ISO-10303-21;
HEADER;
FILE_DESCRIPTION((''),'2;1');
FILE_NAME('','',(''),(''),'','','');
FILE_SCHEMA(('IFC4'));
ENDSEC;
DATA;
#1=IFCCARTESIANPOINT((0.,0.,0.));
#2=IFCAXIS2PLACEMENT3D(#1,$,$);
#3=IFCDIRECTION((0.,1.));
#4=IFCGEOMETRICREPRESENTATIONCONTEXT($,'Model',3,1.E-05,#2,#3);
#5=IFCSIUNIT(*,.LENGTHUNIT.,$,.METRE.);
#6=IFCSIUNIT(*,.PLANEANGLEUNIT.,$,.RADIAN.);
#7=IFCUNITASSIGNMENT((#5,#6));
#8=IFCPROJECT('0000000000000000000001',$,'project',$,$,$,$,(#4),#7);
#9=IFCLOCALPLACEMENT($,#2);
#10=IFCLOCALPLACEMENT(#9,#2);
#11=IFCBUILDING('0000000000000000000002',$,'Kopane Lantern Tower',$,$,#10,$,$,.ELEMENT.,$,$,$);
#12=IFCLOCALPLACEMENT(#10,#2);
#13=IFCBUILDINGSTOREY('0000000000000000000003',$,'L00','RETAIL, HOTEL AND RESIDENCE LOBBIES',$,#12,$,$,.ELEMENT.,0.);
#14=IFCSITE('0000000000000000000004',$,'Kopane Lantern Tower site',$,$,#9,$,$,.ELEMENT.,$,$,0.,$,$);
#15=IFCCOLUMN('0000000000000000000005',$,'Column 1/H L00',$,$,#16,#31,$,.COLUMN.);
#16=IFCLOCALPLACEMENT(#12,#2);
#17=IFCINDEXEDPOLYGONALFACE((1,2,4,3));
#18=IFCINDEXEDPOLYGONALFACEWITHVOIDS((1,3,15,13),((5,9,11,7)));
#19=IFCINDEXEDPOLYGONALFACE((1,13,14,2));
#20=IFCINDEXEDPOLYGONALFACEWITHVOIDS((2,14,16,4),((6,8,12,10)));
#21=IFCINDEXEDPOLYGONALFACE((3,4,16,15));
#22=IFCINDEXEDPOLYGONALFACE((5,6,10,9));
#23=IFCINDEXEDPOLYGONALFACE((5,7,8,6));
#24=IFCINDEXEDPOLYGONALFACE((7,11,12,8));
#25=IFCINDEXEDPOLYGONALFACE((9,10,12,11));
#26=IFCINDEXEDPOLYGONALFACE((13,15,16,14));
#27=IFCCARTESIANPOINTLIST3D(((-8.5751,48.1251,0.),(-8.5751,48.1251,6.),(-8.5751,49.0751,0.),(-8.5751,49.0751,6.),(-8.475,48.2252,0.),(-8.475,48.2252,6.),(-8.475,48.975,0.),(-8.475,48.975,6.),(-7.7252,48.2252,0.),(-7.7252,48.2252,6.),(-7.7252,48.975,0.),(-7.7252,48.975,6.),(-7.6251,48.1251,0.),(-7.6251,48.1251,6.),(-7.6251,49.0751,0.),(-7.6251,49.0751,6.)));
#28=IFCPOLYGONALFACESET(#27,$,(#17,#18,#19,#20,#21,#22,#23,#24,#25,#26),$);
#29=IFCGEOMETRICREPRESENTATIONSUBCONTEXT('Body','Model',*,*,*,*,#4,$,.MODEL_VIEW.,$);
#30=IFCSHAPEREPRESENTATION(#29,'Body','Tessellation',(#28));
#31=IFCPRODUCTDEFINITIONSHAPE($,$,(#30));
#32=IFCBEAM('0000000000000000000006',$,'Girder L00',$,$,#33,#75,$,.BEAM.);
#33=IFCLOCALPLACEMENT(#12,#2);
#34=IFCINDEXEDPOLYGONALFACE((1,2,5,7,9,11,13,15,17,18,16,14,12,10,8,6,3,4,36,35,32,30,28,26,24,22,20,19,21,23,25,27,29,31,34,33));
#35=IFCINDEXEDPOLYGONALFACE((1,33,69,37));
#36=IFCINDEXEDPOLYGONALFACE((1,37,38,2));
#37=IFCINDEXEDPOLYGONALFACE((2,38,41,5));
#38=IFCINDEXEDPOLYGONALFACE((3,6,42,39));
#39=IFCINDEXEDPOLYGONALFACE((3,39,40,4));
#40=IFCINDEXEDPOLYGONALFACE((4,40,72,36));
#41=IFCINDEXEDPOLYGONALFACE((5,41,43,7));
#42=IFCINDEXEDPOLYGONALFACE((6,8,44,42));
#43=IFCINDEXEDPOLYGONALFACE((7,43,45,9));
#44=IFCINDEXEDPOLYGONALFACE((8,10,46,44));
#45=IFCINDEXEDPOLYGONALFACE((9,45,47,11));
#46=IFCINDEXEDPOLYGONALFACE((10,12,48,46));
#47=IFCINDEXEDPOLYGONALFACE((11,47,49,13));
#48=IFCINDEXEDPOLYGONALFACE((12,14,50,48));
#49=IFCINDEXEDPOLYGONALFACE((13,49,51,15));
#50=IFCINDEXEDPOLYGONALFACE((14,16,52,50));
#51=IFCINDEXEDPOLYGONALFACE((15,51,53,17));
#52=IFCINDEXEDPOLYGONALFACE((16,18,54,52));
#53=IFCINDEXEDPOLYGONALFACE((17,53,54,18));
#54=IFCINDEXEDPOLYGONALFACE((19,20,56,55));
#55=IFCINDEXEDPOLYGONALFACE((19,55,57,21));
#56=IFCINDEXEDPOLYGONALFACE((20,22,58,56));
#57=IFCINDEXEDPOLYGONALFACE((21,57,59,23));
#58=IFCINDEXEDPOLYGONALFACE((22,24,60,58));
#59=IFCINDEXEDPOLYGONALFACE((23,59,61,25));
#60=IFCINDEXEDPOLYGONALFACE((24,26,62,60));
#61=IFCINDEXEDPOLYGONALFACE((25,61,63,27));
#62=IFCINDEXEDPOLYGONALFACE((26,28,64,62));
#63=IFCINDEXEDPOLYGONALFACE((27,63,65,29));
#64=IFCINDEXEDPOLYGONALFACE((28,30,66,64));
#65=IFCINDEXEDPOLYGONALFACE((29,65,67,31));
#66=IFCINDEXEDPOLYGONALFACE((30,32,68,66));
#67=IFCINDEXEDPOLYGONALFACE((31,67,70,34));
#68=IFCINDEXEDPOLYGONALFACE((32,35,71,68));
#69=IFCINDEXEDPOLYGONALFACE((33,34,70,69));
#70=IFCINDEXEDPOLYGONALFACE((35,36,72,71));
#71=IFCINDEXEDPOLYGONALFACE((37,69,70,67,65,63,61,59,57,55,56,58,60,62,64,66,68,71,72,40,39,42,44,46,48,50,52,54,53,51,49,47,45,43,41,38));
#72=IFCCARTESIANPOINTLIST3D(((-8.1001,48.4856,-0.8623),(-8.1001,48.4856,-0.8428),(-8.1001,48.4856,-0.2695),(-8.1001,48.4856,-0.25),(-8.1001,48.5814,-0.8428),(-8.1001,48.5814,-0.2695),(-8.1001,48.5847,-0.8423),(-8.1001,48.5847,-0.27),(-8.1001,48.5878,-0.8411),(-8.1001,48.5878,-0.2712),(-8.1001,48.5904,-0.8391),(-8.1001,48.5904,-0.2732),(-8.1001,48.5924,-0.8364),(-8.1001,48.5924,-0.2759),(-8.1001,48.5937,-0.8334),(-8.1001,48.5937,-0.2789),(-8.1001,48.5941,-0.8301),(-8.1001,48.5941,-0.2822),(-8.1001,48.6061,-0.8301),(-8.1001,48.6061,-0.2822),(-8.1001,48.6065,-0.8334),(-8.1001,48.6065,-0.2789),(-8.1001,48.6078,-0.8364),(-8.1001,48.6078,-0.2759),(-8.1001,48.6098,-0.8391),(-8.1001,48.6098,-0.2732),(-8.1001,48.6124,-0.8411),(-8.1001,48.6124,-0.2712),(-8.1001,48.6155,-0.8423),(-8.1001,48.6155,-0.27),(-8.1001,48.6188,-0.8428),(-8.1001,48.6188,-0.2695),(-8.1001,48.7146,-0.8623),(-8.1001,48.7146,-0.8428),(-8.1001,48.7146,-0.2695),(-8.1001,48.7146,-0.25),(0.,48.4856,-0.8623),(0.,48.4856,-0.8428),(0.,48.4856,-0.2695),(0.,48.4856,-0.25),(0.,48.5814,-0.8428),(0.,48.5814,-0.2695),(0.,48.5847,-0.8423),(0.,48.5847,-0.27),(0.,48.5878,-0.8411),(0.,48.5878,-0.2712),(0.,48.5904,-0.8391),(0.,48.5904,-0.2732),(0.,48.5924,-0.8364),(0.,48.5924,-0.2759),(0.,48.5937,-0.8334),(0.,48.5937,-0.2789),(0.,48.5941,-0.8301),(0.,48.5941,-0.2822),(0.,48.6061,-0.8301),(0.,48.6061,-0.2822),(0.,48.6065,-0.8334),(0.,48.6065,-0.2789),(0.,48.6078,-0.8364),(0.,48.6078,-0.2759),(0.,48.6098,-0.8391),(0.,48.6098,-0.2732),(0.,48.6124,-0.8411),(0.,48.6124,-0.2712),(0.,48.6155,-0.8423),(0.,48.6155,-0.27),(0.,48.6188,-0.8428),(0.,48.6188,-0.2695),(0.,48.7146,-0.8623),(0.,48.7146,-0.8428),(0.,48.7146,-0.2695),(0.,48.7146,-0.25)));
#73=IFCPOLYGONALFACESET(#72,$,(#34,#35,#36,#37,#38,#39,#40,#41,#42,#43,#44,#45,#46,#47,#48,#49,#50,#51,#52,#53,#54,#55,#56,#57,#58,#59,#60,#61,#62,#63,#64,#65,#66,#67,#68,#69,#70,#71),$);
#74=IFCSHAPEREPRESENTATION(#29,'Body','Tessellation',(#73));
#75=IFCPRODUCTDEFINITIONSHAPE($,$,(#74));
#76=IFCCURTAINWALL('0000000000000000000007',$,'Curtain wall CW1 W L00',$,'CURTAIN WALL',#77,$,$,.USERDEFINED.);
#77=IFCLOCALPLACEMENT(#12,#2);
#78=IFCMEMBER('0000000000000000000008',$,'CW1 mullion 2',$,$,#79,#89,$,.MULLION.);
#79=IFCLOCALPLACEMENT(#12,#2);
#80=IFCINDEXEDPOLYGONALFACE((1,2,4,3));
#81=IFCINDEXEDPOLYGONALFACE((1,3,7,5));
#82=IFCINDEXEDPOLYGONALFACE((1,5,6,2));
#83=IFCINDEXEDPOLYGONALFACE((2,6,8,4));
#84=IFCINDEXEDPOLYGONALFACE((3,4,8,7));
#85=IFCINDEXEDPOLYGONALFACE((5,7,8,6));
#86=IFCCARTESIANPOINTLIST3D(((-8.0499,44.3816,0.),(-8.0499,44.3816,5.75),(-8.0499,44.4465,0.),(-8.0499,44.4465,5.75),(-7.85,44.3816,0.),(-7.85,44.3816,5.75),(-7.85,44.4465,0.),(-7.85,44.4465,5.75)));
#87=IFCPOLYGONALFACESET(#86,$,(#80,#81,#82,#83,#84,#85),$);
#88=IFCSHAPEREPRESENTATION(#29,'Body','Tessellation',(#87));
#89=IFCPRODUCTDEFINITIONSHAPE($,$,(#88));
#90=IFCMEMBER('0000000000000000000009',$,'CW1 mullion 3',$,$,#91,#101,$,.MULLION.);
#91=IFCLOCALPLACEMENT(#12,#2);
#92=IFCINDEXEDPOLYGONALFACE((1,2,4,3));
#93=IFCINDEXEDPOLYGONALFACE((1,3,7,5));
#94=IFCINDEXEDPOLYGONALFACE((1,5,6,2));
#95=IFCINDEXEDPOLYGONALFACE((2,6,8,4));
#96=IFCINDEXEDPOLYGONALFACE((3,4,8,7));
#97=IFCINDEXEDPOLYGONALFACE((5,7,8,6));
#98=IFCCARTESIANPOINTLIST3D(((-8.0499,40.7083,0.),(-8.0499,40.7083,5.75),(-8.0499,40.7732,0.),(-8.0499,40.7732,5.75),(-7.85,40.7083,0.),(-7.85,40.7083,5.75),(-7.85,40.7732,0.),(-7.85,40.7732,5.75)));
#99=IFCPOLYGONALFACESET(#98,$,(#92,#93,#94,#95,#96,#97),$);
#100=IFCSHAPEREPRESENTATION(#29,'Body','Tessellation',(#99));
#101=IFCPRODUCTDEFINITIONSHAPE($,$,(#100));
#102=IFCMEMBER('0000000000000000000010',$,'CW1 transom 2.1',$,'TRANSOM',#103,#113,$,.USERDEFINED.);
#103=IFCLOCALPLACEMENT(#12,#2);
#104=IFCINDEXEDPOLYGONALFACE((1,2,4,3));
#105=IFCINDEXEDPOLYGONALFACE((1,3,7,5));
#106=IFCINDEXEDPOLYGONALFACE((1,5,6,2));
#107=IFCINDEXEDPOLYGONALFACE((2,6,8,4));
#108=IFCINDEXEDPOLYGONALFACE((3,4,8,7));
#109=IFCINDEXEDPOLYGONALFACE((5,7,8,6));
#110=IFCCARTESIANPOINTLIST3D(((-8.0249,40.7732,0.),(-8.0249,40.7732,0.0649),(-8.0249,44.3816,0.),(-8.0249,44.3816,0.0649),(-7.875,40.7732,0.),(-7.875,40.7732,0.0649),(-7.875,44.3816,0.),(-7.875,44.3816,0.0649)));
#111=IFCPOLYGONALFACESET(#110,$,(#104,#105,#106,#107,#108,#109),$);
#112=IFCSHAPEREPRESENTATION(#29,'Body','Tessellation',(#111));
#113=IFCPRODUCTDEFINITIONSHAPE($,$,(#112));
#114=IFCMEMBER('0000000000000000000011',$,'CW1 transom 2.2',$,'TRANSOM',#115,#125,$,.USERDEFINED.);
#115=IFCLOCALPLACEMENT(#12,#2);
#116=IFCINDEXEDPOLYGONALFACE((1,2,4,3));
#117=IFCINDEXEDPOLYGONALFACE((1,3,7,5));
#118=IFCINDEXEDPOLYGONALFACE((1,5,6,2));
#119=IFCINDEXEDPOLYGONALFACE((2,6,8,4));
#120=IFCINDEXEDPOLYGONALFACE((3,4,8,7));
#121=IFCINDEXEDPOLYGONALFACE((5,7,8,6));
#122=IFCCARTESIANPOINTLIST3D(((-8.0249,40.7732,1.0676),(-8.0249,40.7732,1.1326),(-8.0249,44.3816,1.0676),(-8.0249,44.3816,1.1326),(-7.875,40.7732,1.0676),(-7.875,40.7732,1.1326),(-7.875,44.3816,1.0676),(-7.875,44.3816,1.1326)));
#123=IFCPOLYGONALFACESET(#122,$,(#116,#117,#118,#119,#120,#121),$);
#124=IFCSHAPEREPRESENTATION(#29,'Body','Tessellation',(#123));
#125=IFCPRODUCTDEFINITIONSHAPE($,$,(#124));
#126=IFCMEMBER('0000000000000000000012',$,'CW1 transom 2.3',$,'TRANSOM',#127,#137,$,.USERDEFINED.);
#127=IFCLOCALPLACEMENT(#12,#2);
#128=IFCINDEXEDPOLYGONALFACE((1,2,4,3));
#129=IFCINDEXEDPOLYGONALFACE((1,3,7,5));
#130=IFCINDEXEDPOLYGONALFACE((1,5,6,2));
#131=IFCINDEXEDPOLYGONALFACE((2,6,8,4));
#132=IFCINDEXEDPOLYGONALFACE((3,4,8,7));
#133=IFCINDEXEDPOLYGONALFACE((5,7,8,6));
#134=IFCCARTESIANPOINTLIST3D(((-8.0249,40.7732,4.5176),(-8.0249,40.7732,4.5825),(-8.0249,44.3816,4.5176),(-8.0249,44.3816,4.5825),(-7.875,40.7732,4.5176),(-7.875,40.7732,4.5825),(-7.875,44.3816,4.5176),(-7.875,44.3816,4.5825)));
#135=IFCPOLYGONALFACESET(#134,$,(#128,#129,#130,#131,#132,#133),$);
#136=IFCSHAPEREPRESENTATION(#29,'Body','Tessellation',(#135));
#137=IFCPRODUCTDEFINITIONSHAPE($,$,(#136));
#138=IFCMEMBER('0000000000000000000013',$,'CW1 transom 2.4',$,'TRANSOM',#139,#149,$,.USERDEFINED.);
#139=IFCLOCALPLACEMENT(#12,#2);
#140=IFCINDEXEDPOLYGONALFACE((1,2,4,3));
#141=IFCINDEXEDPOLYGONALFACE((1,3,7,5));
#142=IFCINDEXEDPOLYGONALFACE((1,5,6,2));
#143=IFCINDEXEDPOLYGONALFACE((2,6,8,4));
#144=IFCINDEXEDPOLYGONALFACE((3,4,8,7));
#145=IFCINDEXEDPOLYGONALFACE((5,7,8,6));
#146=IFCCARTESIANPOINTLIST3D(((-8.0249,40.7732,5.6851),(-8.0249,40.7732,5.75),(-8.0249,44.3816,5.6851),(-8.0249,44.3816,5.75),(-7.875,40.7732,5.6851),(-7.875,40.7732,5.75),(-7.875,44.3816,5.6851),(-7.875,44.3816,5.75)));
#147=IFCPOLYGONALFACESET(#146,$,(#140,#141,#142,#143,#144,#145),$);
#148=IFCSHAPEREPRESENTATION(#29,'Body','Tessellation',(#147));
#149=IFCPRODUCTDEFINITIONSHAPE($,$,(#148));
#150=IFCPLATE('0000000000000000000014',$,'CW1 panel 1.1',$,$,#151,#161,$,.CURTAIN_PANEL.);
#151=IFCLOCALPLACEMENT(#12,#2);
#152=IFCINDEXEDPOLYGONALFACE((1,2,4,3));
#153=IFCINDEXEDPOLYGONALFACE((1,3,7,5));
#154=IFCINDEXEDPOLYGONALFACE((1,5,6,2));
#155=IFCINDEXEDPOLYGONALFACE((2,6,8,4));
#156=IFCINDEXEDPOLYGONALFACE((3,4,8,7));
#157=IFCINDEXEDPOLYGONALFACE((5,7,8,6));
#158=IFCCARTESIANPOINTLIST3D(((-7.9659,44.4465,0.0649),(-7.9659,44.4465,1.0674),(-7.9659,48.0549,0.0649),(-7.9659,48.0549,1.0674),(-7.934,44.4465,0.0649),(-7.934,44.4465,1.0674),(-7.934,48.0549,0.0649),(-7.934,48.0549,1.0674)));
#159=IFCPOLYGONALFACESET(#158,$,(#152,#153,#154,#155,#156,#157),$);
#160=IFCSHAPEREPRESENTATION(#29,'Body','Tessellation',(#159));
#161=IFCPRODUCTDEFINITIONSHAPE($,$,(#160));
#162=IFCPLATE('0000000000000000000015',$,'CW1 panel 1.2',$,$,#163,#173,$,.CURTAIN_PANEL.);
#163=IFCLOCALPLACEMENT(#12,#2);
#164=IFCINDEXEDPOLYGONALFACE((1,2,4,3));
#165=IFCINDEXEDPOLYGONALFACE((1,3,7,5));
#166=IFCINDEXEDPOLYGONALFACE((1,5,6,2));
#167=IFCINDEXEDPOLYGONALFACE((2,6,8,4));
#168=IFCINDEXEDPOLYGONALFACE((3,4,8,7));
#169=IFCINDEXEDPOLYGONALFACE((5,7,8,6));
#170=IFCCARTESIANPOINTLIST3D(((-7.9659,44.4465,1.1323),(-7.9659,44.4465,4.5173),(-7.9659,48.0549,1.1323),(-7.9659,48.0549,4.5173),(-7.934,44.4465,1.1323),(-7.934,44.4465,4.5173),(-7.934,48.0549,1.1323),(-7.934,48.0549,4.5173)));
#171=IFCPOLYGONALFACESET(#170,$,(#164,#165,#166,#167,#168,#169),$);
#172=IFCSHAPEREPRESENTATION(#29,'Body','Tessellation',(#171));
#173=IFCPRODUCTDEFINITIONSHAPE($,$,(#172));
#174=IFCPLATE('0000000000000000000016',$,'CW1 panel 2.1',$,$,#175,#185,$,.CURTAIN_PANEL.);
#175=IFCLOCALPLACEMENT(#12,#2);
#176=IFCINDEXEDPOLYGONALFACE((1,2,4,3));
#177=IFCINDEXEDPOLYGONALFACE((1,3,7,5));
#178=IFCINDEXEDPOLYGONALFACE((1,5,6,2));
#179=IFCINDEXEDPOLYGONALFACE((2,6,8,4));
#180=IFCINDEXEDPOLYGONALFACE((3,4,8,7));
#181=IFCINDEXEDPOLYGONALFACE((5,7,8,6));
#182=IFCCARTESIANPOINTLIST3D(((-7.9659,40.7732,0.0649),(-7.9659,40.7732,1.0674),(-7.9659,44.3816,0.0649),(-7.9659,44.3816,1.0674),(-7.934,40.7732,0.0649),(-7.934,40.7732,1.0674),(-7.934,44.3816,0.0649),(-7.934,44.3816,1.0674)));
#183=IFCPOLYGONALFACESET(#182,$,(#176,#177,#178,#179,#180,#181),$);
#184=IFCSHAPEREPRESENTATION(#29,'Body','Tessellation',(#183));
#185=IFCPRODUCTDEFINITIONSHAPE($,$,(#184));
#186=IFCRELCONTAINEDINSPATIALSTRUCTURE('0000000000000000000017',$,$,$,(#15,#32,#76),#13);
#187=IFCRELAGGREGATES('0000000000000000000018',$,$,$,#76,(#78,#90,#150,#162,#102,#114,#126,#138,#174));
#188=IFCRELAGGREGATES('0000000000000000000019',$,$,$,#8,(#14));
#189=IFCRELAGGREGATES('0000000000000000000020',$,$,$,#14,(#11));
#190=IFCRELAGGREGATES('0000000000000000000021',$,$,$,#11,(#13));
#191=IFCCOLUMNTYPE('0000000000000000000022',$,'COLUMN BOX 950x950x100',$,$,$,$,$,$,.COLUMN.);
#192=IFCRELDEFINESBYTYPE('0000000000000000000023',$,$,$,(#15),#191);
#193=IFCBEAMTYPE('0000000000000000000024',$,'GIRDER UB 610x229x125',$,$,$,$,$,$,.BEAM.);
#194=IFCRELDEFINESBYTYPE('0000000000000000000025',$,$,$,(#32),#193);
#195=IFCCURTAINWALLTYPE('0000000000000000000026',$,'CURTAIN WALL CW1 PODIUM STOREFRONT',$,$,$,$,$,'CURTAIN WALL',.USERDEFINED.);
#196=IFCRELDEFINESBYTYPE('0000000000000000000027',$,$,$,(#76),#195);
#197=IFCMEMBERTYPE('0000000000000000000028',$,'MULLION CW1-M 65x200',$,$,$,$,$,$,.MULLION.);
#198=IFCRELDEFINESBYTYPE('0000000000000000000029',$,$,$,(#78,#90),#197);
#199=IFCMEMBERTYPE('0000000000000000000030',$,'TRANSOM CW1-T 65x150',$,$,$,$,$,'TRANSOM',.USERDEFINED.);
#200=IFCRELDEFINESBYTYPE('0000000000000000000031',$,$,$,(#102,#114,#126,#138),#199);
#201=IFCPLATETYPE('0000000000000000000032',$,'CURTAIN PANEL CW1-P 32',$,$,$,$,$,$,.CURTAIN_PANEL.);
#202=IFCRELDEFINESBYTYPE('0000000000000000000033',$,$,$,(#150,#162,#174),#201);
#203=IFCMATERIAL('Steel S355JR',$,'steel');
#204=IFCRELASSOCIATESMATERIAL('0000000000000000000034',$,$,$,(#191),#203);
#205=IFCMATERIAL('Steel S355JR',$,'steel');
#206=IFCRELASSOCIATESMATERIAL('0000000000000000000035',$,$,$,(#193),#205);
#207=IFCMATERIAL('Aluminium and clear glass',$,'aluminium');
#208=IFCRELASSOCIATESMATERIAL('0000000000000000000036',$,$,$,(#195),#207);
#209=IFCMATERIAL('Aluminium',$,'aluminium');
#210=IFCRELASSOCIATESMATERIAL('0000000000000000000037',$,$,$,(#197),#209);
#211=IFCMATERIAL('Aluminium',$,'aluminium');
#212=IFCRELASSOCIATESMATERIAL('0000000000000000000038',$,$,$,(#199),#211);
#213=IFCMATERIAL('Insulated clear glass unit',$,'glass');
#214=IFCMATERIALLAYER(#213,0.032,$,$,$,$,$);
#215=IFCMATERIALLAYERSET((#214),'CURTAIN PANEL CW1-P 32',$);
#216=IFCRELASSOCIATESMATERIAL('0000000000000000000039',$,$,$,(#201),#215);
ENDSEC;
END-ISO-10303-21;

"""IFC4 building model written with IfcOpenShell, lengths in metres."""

from ifc_helpers import new_model, si_unit, direction, frame, origin, origin_2d, place, context, subcontext, project, spatial, rectangle, hollow_rectangle, i_section, extrude, material, layer, layer_set, material_profile, profile_set, type_object, element, aggregate, save


model = new_model("IFC4")

# Units and contexts
model_context = context("Model", 3, precision=1e-05, world=origin(), true_north=direction((0.0, 1.0)))
body_context = subcontext(model_context, "Body", "Model", "MODEL_VIEW")
ifc_project = project(units=[si_unit("LENGTHUNIT", "METRE"), si_unit("PLANEANGLEUNIT", "RADIAN")], contexts=[model_context])

# Site, building, storey
site_placement = place(None, origin())
site = spatial("IfcSite", under=ifc_project, at=site_placement, Name="Kopane Lantern Tower site", CompositionType="ELEMENT", RefElevation=0.0)
building_placement = place(site_placement, origin())
building = spatial("IfcBuilding", under=site, at=building_placement, Name="Kopane Lantern Tower", CompositionType="ELEMENT")
storey_placement = place(building_placement, origin())
storey = spatial("IfcBuildingStorey", under=building, at=storey_placement, Name="L00", Description="RETAIL, HOTEL AND RESIDENCE LOBBIES", CompositionType="ELEMENT", Elevation=0.0)

# Column
ifc_material_1 = material(Name="Steel S355JR", Category="steel")
ifc_material_profile_1 = material_profile(ifc_material_1, hollow_rectangle(XDim=0.95, YDim=0.95, WallThickness=0.1001, at=origin_2d()), Name="BOX 950x950x100")
ifc_profile_set_1 = profile_set([ifc_material_profile_1], Name="Steel S355JR")
column_type = type_object("IfcColumnType", Name="COLUMN BOX 950x950x100", PredefinedType="COLUMN", material=ifc_profile_set_1)
column_placement = place(storey_placement, frame((-8.1001, 48.6001, 0.0), z_axis=(0.0, 0.0, 1.0), x_axis=(1.0, 0.0, 0.0)))
element("IfcColumn", 1, at=column_placement, inside=storey, type_object=column_type, Name="Column 1/H L00", PredefinedType="COLUMN", context=body_context, shape_type="SweptSolid", body=[
    extrude(hollow_rectangle(XDim=0.95, YDim=0.95, WallThickness=0.1001, at=origin_2d()), origin(), (0.0, 0.0, 1.0), 6.0),
])

# Beam
ifc_material_2 = material(Name="Steel S355JR", Category="steel")
ifc_material_profile_2 = material_profile(ifc_material_2, i_section(OverallWidth=0.229, OverallDepth=0.6123, WebThickness=0.012, FlangeThickness=0.0195, FilletRadius=0.0127, at=origin_2d()), Name="UB 610x229x125")
ifc_profile_set_2 = profile_set([ifc_material_profile_2], Name="Steel S355JR")
beam_type = type_object("IfcBeamType", Name="GIRDER UB 610x229x125", PredefinedType="BEAM", material=ifc_profile_set_2)
beam_placement = place(storey_placement, frame((-8.1001, 48.6001, -0.5562), z_axis=(1.0, 0.0, 0.0), x_axis=(0.0, 1.0, 0.0)))
element("IfcBeam", 2, at=beam_placement, inside=storey, type_object=beam_type, Name="Girder L00", PredefinedType="BEAM", context=body_context, shape_type="SweptSolid", body=[
    extrude(i_section(OverallWidth=0.229, OverallDepth=0.6123, WebThickness=0.012, FlangeThickness=0.0195, FilletRadius=0.0127, at=origin_2d()), origin(), (0.0, 0.0, 1.0), 8.1001),
])

# Curtain wall, members, plates
ifc_material_3 = material(Name="Aluminium and clear glass", Category="aluminium")
curtain_wall_type = type_object("IfcCurtainWallType", Name="CURTAIN WALL CW1 PODIUM STOREFRONT", ElementType="CURTAIN WALL", PredefinedType="USERDEFINED", material=ifc_material_3)
curtain_wall_placement = place(storey_placement, origin())
curtain_wall = element("IfcCurtainWall", 3, at=curtain_wall_placement, inside=storey, type_object=curtain_wall_type, Name="Curtain wall CW1 W L00", ObjectType="CURTAIN WALL", PredefinedType="USERDEFINED")
ifc_material_4 = material(Name="Aluminium", Category="aluminium")
ifc_material_profile_3 = material_profile(ifc_material_4, rectangle(XDim=0.0649, YDim=0.2, at=origin_2d()), Name="AL 65x200")
ifc_profile_set_3 = profile_set([ifc_material_profile_3], Name="Aluminium")
member_type_1 = type_object("IfcMemberType", Name="MULLION CW1-M 65x200", PredefinedType="MULLION", material=ifc_profile_set_3)
member_1_placement = place(storey_placement, frame((-7.95, 44.4141, 0.0), z_axis=(0.0, 0.0, 1.0), x_axis=(0.0, -1.0, 0.0)))
member_1 = element("IfcMember", 4, at=member_1_placement, type_object=member_type_1, Name="CW1 mullion 2", PredefinedType="MULLION", context=body_context, shape_type="SweptSolid", body=[
    extrude(rectangle(XDim=0.0649, YDim=0.2, at=origin_2d()), origin(), (0.0, 0.0, 1.0), 5.75),
])
member_2_placement = place(storey_placement, frame((-7.95, 40.7407, 0.0), z_axis=(0.0, 0.0, 1.0), x_axis=(0.0, -1.0, 0.0)))
member_2 = element("IfcMember", 5, at=member_2_placement, type_object=member_type_1, Name="CW1 mullion 3", PredefinedType="MULLION", context=body_context, shape_type="SweptSolid", body=[
    extrude(rectangle(XDim=0.0649, YDim=0.2, at=origin_2d()), origin(), (0.0, 0.0, 1.0), 5.75),
])
ifc_material_5 = material(Name="Aluminium", Category="aluminium")
ifc_material_profile_4 = material_profile(ifc_material_5, rectangle(XDim=0.1499, YDim=0.0649, at=origin_2d()), Name="AL 150x65")
ifc_profile_set_4 = profile_set([ifc_material_profile_4], Name="Aluminium")
member_type_2 = type_object("IfcMemberType", Name="TRANSOM CW1-T 65x150", ElementType="TRANSOM", PredefinedType="USERDEFINED", material=ifc_profile_set_4)
member_3_placement = place(storey_placement, frame((-7.95, 44.3816, 0.0325), z_axis=(0.0, -1.0, 0.0), x_axis=(1.0, 0.0, 0.0)))
member_3 = element("IfcMember", 6, at=member_3_placement, type_object=member_type_2, Name="CW1 transom 2.1", ObjectType="TRANSOM", PredefinedType="USERDEFINED", context=body_context, shape_type="SweptSolid", body=[
    extrude(rectangle(XDim=0.1499, YDim=0.0649, at=origin_2d()), origin(), (0.0, 0.0, 1.0), 3.6084),
])
member_4_placement = place(storey_placement, frame((-7.95, 44.3816, 1.1001), z_axis=(0.0, -1.0, 0.0), x_axis=(1.0, 0.0, 0.0)))
member_4 = element("IfcMember", 7, at=member_4_placement, type_object=member_type_2, Name="CW1 transom 2.2", ObjectType="TRANSOM", PredefinedType="USERDEFINED", context=body_context, shape_type="SweptSolid", body=[
    extrude(rectangle(XDim=0.1499, YDim=0.0649, at=origin_2d()), origin(), (0.0, 0.0, 1.0), 3.6084),
])
member_5_placement = place(storey_placement, frame((-7.95, 44.3816, 4.55), z_axis=(0.0, -1.0, 0.0), x_axis=(1.0, 0.0, 0.0)))
member_5 = element("IfcMember", 8, at=member_5_placement, type_object=member_type_2, Name="CW1 transom 2.3", ObjectType="TRANSOM", PredefinedType="USERDEFINED", context=body_context, shape_type="SweptSolid", body=[
    extrude(rectangle(XDim=0.1499, YDim=0.0649, at=origin_2d()), origin(), (0.0, 0.0, 1.0), 3.6084),
])
member_6_placement = place(storey_placement, frame((-7.95, 44.3816, 5.7175), z_axis=(0.0, -1.0, 0.0), x_axis=(1.0, 0.0, 0.0)))
member_6 = element("IfcMember", 9, at=member_6_placement, type_object=member_type_2, Name="CW1 transom 2.4", ObjectType="TRANSOM", PredefinedType="USERDEFINED", context=body_context, shape_type="SweptSolid", body=[
    extrude(rectangle(XDim=0.1499, YDim=0.0649, at=origin_2d()), origin(), (0.0, 0.0, 1.0), 3.6084),
])
ifc_material_6 = material(Name="Insulated clear glass unit", Category="glass")
ifc_layer = layer(ifc_material_6, 0.032)
ifc_layer_set = layer_set([ifc_layer], Name="CURTAIN PANEL CW1-P 32")
plate_type = type_object("IfcPlateType", Name="CURTAIN PANEL CW1-P 32", PredefinedType="CURTAIN_PANEL", material=ifc_layer_set)
plate_1_placement = place(storey_placement, frame((-7.95, 46.2507, 0.0649), z_axis=(0.0, 0.0, 1.0), x_axis=(0.0, -1.0, 0.0)))
plate_1 = element("IfcPlate", 10, at=plate_1_placement, type_object=plate_type, Name="CW1 panel 1.1", PredefinedType="CURTAIN_PANEL", context=body_context, shape_type="SweptSolid", body=[
    extrude(rectangle(XDim=3.6084, YDim=0.032, at=origin_2d()), origin(), (0.0, 0.0, 1.0), 1.0024),
])
plate_2_placement = place(storey_placement, frame((-7.95, 46.2507, 1.1323), z_axis=(0.0, 0.0, 1.0), x_axis=(0.0, -1.0, 0.0)))
plate_2 = element("IfcPlate", 11, at=plate_2_placement, type_object=plate_type, Name="CW1 panel 1.2", PredefinedType="CURTAIN_PANEL", context=body_context, shape_type="SweptSolid", body=[
    extrude(rectangle(XDim=3.6084, YDim=0.032, at=origin_2d()), origin(), (0.0, 0.0, 1.0), 3.385),
])
plate_3_placement = place(storey_placement, frame((-7.95, 42.5774, 0.0649), z_axis=(0.0, 0.0, 1.0), x_axis=(0.0, -1.0, 0.0)))
plate_3 = element("IfcPlate", 12, at=plate_3_placement, type_object=plate_type, Name="CW1 panel 2.1", PredefinedType="CURTAIN_PANEL", context=body_context, shape_type="SweptSolid", body=[
    extrude(rectangle(XDim=3.6084, YDim=0.032, at=origin_2d()), origin(), (0.0, 0.0, 1.0), 1.0024),
])
aggregate(curtain_wall, [member_1, member_2, plate_1, plate_2, member_3, member_4, member_5, member_6, plate_3])

save(model, "model.ifc")
